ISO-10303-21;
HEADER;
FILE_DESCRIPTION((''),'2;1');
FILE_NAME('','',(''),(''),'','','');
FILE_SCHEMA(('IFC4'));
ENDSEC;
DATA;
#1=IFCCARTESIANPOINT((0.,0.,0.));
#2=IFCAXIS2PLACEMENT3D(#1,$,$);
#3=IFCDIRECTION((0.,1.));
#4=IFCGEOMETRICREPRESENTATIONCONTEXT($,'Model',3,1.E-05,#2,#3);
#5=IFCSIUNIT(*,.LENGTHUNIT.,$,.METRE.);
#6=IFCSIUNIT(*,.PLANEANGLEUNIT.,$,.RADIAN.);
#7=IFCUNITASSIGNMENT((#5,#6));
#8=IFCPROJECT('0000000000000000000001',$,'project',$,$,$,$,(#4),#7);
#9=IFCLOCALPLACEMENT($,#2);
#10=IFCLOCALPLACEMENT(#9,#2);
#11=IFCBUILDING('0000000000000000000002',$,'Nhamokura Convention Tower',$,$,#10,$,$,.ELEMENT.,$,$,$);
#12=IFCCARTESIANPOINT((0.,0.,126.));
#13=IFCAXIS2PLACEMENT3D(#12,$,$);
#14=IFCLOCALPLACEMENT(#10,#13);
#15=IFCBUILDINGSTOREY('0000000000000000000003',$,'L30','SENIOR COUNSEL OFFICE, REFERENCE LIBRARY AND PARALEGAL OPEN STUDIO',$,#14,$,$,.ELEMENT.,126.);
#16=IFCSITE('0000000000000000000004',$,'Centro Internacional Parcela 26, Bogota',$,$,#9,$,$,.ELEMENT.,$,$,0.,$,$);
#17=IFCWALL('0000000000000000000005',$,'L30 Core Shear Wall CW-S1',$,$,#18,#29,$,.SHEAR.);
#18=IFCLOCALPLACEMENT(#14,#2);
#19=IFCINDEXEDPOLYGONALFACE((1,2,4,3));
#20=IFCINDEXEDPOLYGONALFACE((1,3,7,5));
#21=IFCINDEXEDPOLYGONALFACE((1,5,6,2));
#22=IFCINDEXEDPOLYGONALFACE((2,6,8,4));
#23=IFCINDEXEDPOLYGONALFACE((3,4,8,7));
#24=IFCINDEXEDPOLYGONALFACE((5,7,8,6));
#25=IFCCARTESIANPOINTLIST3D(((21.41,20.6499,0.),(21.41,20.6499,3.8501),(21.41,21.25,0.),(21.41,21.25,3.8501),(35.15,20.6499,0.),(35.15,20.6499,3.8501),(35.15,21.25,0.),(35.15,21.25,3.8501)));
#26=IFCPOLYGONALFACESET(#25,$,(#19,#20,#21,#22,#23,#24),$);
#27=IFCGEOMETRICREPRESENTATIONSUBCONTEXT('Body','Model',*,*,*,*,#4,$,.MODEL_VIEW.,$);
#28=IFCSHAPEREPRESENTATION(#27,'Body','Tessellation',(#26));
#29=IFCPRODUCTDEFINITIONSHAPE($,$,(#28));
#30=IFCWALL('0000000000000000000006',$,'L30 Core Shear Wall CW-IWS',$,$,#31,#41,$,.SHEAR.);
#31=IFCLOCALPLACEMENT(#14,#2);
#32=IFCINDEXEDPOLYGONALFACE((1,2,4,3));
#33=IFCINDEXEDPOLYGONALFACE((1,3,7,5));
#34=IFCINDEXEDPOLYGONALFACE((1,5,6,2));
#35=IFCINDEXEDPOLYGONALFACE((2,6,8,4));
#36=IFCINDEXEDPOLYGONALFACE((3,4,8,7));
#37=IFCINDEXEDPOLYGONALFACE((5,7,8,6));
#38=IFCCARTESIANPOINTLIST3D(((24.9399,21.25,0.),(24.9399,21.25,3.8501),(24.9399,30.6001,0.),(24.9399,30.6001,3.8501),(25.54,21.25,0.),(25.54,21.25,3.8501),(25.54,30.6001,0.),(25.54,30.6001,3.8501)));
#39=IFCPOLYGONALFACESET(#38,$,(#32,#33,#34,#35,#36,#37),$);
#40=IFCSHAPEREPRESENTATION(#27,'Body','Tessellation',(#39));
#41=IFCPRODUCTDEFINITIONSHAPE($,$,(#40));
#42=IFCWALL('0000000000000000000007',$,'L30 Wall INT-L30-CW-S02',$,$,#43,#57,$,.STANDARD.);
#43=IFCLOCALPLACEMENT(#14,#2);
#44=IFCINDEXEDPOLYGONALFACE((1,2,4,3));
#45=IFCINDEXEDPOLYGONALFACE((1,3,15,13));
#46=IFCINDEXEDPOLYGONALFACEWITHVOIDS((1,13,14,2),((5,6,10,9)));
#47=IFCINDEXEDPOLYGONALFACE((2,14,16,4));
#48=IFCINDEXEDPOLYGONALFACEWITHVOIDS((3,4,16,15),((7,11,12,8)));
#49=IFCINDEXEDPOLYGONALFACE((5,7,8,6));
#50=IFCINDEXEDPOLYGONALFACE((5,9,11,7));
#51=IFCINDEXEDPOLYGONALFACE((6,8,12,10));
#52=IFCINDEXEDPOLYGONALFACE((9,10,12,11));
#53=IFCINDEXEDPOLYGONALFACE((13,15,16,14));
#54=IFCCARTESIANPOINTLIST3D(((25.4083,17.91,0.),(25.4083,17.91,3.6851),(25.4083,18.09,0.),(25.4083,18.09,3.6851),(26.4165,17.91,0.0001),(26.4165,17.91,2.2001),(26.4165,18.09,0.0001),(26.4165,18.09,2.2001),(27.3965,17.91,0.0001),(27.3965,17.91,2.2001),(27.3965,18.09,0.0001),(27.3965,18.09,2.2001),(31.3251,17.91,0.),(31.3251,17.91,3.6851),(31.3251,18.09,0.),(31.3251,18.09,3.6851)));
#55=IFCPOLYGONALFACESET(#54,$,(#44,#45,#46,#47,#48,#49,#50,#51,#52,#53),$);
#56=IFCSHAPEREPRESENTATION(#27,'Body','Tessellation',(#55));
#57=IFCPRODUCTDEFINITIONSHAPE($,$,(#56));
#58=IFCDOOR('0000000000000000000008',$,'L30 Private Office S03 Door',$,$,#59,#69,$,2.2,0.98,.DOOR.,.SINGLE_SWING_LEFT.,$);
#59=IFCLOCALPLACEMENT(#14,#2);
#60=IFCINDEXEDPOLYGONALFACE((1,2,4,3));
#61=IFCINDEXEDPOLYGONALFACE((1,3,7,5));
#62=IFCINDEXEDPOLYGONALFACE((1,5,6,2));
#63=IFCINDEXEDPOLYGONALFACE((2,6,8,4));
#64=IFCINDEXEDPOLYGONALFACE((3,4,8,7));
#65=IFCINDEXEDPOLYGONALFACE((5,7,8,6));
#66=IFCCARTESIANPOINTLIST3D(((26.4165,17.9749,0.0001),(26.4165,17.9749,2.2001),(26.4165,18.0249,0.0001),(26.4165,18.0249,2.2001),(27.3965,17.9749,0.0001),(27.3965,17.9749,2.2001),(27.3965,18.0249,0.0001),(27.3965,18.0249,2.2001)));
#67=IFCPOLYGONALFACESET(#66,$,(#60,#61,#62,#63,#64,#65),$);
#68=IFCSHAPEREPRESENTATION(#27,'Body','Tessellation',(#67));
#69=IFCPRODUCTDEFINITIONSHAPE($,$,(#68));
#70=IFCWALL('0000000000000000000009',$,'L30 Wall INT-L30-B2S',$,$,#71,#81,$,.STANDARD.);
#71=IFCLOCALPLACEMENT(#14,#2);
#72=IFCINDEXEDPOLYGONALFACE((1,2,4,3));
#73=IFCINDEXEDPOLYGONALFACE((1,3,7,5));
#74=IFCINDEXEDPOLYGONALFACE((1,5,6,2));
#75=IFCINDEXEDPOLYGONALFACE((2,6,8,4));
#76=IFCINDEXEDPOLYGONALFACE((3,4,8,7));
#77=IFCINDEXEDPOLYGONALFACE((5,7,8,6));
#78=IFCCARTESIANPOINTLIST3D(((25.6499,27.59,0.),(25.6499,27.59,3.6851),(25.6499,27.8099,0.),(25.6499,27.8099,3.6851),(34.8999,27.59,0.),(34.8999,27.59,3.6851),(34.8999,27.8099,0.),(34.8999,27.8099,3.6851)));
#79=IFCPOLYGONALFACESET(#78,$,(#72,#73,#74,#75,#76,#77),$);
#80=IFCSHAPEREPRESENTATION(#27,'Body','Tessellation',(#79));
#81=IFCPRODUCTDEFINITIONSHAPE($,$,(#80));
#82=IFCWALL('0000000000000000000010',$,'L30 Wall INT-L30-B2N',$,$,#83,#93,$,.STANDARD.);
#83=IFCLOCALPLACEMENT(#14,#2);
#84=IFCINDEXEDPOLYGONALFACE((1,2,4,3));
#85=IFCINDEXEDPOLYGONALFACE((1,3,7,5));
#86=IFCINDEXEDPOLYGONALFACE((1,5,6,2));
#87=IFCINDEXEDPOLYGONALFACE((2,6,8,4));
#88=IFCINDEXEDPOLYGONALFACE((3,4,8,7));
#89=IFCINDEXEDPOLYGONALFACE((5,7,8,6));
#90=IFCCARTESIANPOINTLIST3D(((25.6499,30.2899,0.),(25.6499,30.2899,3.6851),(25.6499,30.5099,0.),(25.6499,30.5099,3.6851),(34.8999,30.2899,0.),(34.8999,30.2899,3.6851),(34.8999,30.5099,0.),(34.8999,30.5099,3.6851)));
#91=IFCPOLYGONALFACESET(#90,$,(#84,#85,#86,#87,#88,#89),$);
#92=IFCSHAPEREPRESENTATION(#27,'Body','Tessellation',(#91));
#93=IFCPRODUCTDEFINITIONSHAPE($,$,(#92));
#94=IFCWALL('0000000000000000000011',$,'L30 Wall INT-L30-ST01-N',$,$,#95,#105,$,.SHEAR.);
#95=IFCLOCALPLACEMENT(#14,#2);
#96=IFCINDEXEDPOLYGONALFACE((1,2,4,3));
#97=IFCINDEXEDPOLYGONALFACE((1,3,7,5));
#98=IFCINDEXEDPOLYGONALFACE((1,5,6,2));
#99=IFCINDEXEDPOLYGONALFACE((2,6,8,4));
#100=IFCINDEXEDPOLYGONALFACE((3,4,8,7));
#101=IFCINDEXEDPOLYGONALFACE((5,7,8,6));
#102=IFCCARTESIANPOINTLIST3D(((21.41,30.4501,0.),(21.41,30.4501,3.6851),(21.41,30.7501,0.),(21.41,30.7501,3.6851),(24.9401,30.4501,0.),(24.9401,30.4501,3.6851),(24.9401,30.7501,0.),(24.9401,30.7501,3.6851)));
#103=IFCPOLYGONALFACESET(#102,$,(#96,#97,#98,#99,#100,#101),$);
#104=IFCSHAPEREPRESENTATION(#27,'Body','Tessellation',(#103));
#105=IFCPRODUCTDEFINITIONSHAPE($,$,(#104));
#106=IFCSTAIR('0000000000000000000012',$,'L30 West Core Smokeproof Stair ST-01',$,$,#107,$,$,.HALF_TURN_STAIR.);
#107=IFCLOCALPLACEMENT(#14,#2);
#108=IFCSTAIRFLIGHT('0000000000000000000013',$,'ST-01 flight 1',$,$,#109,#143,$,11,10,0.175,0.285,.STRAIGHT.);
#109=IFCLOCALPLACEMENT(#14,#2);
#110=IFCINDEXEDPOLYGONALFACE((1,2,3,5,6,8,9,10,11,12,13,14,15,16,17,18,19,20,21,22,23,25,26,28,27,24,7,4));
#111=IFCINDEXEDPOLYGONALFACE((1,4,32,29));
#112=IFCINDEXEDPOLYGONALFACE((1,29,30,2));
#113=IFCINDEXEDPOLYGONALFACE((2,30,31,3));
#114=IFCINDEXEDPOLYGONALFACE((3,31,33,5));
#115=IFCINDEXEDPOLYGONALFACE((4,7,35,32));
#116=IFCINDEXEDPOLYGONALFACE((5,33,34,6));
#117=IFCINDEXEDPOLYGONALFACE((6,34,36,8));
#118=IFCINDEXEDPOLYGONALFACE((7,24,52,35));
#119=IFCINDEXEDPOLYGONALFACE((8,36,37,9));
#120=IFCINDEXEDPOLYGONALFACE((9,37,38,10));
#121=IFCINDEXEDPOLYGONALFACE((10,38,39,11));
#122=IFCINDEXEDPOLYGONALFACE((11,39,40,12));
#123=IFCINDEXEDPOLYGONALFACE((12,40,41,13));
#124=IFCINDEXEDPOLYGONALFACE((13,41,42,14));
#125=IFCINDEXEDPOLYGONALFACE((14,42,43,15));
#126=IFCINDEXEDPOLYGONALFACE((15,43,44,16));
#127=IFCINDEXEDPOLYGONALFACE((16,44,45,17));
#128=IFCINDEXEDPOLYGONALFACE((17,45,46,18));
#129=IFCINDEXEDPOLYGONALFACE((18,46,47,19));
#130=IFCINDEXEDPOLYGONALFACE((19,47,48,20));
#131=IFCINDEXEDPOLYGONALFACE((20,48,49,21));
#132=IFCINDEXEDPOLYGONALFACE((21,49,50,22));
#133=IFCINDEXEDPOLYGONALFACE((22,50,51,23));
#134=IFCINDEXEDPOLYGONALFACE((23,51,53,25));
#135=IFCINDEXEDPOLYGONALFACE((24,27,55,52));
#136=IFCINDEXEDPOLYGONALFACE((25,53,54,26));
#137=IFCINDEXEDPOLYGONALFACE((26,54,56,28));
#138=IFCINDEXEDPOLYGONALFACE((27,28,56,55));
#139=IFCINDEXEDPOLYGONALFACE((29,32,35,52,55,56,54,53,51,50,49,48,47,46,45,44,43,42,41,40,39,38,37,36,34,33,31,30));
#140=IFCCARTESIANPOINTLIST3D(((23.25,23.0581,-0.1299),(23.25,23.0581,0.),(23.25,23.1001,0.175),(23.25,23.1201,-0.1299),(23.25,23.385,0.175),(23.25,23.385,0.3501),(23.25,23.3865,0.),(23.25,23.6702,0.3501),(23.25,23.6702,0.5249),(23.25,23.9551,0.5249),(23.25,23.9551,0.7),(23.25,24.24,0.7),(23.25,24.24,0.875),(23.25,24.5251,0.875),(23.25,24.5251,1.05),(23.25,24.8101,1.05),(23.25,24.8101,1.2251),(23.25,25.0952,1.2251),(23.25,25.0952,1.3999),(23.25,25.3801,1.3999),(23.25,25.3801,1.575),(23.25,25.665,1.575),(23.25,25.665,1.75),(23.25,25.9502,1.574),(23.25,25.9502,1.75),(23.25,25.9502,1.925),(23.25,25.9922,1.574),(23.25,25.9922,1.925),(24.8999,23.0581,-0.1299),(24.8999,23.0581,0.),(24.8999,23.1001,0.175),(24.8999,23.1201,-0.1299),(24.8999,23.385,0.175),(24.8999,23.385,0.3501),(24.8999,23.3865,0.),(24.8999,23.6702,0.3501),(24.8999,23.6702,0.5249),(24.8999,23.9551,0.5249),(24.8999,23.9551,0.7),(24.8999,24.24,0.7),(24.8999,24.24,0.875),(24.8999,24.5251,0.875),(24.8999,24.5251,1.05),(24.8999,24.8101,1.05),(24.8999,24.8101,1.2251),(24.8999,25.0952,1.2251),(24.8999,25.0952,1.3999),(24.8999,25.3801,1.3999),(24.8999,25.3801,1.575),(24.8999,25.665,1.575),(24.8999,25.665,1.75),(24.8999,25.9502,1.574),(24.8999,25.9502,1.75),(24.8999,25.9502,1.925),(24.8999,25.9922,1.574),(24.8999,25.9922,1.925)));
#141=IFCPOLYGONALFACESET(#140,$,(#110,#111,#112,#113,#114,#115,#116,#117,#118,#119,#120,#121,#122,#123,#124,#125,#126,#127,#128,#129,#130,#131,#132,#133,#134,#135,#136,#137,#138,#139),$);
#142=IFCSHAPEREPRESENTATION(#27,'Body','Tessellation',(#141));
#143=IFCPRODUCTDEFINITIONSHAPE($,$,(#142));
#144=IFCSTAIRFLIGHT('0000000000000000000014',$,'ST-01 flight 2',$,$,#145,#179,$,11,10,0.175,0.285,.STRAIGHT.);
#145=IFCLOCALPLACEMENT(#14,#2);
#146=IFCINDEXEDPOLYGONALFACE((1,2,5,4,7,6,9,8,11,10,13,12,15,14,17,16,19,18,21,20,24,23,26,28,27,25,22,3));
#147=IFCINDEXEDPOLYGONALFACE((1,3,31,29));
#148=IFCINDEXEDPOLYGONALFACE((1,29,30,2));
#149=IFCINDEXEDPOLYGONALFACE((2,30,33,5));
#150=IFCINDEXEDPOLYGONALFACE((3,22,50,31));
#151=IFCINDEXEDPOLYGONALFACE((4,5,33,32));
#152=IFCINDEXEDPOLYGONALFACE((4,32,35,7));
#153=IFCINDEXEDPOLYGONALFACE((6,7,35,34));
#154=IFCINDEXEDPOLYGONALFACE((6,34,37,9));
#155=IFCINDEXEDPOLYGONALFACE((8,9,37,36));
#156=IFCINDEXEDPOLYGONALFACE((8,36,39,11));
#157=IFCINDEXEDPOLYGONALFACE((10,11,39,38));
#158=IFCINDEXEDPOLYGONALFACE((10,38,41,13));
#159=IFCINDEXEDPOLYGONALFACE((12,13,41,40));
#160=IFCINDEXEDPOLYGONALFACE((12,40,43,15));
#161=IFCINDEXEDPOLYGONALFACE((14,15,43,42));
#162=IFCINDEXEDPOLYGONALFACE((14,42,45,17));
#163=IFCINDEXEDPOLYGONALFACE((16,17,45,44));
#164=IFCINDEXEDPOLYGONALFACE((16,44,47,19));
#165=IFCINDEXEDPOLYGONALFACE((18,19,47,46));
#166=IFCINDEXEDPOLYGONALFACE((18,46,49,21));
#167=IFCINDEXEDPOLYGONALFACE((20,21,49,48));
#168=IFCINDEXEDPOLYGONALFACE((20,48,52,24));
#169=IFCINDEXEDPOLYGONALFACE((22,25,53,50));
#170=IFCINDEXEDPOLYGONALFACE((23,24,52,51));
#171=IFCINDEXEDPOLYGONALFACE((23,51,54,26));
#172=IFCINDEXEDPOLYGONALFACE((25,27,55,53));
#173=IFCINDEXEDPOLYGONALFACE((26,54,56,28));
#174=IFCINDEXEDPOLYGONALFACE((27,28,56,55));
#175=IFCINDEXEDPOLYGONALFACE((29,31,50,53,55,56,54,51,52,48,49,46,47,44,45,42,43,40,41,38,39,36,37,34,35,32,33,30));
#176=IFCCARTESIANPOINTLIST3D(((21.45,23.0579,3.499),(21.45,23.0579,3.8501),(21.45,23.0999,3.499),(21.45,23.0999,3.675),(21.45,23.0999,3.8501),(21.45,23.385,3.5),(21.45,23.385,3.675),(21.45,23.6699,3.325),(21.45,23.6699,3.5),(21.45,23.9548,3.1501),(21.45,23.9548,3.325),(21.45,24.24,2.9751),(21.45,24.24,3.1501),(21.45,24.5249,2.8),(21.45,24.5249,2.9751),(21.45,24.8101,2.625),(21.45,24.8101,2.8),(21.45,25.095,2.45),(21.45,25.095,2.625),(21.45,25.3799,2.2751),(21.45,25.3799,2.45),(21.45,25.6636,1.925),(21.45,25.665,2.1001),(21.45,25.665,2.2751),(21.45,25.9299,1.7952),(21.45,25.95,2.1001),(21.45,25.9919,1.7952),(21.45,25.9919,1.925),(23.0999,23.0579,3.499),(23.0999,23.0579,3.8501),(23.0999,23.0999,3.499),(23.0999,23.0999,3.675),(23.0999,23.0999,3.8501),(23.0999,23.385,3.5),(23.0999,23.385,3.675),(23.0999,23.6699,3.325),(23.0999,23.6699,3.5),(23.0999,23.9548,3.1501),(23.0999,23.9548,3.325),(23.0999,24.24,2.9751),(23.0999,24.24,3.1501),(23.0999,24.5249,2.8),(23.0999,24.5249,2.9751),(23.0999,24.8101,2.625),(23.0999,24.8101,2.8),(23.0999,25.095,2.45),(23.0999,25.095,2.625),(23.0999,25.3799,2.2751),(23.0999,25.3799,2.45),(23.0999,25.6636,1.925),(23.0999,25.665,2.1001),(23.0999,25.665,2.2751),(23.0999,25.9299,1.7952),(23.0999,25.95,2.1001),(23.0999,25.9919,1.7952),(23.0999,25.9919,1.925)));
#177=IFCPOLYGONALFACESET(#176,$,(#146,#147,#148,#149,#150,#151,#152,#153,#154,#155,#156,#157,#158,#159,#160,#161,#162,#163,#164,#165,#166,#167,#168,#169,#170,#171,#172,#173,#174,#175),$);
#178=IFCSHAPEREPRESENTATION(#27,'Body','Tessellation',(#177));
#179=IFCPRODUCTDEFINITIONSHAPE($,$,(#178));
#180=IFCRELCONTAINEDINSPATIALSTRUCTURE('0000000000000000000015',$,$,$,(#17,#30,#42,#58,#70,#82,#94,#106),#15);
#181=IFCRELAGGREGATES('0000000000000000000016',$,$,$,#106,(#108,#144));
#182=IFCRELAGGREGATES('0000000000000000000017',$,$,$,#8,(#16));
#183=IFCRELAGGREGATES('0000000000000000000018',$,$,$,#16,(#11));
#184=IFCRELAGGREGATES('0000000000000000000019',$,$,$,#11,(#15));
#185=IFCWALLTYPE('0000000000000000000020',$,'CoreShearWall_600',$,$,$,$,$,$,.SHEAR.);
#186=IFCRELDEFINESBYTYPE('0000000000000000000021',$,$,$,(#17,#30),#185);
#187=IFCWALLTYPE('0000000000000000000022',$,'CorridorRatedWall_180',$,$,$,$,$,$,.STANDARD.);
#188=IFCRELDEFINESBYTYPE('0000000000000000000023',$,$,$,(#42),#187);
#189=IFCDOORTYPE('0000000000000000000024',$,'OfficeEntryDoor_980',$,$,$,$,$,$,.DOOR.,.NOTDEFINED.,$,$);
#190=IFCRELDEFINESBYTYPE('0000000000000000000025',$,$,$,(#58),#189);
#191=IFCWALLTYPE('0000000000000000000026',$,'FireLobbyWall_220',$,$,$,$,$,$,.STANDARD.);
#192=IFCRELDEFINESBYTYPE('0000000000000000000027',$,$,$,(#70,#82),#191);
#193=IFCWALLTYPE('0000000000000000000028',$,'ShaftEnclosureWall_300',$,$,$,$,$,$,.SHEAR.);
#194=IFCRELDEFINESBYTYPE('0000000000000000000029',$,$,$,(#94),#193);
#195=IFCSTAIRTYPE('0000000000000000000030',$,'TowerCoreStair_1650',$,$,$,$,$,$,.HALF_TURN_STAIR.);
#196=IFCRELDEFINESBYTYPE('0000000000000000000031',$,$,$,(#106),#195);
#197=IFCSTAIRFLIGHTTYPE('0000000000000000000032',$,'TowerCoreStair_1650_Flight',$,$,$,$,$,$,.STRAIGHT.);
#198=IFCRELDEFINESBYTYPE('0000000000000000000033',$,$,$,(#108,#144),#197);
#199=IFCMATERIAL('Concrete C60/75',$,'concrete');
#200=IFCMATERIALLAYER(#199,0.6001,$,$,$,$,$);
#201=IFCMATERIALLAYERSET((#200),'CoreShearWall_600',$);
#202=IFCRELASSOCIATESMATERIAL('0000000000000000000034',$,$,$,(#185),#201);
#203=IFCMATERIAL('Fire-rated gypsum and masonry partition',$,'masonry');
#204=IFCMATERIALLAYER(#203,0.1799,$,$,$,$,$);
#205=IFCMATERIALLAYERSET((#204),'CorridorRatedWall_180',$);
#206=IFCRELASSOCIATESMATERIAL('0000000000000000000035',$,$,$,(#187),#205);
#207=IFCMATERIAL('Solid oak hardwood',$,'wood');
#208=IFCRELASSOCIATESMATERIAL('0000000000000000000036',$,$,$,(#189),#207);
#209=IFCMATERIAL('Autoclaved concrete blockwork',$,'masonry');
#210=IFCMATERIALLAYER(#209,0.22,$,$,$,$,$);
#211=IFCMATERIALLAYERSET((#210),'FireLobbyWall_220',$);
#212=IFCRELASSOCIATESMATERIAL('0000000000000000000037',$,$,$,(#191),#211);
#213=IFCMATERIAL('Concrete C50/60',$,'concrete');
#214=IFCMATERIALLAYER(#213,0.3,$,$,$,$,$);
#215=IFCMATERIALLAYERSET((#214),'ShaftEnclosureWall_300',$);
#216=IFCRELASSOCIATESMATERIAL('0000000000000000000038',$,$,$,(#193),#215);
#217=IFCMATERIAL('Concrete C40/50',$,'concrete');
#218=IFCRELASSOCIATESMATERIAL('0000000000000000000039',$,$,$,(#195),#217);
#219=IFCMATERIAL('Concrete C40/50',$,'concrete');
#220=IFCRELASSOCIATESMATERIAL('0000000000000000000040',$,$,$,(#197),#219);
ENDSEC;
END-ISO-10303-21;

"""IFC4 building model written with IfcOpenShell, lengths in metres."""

from ifc_helpers import new_model, si_unit, direction, frame, frame_2d, origin, place, context, subcontext, project, spatial, polyline, rectangle, outline, extrude, material, layer, layer_set, type_object, element, fill, aggregate, save


model = new_model("IFC4")

# Units and contexts
model_context = context("Model", 3, precision=1e-05, world=origin(), true_north=direction((0.0, 1.0)))
body_context = subcontext(model_context, "Body", "Model", "MODEL_VIEW")
ifc_project = project(units=[si_unit("LENGTHUNIT", "METRE"), si_unit("PLANEANGLEUNIT", "RADIAN")], contexts=[model_context])

# Site, building, storey
site_placement = place(None, origin())
site = spatial("IfcSite", under=ifc_project, at=site_placement, Name="Centro Internacional Parcela 26, Bogota", CompositionType="ELEMENT", RefElevation=0.0)
building_placement = place(site_placement, origin())
building = spatial("IfcBuilding", under=site, at=building_placement, Name="Nhamokura Convention Tower", CompositionType="ELEMENT")
storey_placement = place(building_placement, frame((0.0, 0.0, 126.0)))
storey = spatial("IfcBuildingStorey", under=building, at=storey_placement, Name="L30", Description="SENIOR COUNSEL OFFICE, REFERENCE LIBRARY AND PARALEGAL OPEN STUDIO", CompositionType="ELEMENT", Elevation=126.0)

# Shared definitions
ifc_material_1 = material(Name="Concrete C60/75", Category="concrete")
ifc_layer_1 = layer(ifc_material_1, 0.6001)
ifc_layer_set_1 = layer_set([ifc_layer_1], Name="CoreShearWall_600")
wall_type_1 = type_object("IfcWallType", Name="CoreShearWall_600", PredefinedType="SHEAR", material=ifc_layer_set_1)

# Walls
wall_1_placement = place(storey_placement, frame((21.4099, 20.95, 0.0), z_axis=(0.0, 0.0, 1.0), x_axis=(1.0, 0.0, 0.0)))
element("IfcWall", 1, at=wall_1_placement, inside=storey, type_object=wall_type_1, Name="L30 Core Shear Wall CW-S1", PredefinedType="SHEAR", context=body_context, shape_type="SweptSolid", body=[
    extrude(rectangle(XDim=13.74, YDim=0.6001, at=frame_2d((6.8701, 0.0))), origin(), (0.0, 0.0, 1.0), 3.8501),
])
wall_2_placement = place(storey_placement, frame((25.24, 21.25, 0.0), z_axis=(0.0, 0.0, 1.0), x_axis=(0.0, 1.0, 0.0)))
element("IfcWall", 2, at=wall_2_placement, inside=storey, type_object=wall_type_1, Name="L30 Core Shear Wall CW-IWS", PredefinedType="SHEAR", context=body_context, shape_type="SweptSolid", body=[
    extrude(rectangle(XDim=9.3501, YDim=0.6001, at=frame_2d((4.675, 0.0))), origin(), (0.0, 0.0, 1.0), 3.8501),
])

# Wall, opening, door
ifc_material_2 = material(Name="Fire-rated gypsum and masonry partition", Category="masonry")
ifc_layer_2 = layer(ifc_material_2, 0.1799)
ifc_layer_set_2 = layer_set([ifc_layer_2], Name="CorridorRatedWall_180")
wall_type_2 = type_object("IfcWallType", Name="CorridorRatedWall_180", PredefinedType="STANDARD", material=ifc_layer_set_2)
wall_3_placement = place(storey_placement, frame((25.4082, 18.0, 0.0), z_axis=(0.0, 0.0, 1.0), x_axis=(1.0, 0.0, 0.0)))
wall_3 = element("IfcWall", 3, at=wall_3_placement, inside=storey, type_object=wall_type_2, Name="L30 Wall INT-L30-CW-S02", PredefinedType="STANDARD", context=body_context, shape_type="SweptSolid", body=[
    extrude(rectangle(XDim=5.9167, YDim=0.1799, at=frame_2d((2.9585, 0.0))), origin(), (0.0, 0.0, 1.0), 3.6851),
])
opening_1_placement = place(wall_3_placement, frame((1.0083, 0.0, 0.0)))
opening_1 = element("IfcOpeningElement", 4, at=opening_1_placement, cuts=wall_3, PredefinedType="OPENING", context=body_context, shape_type="SweptSolid", body=[
    extrude(rectangle(XDim=0.98, YDim=2.2, at=frame_2d((0.49, 1.1001))), frame((0.0, 0.0999, 0.0), z_axis=(0.0, -1.0, 0.0), x_axis=(1.0, 0.0, 0.0)), (0.0, 0.0, 1.0), 0.2),
])
ifc_material_3 = material(Name="Solid oak hardwood", Category="wood")
door_type_1 = type_object("IfcDoorType", Name="OfficeEntryDoor_980", OperationType="NOTDEFINED", PredefinedType="DOOR", material=ifc_material_3)
door_1_placement = place(opening_1_placement, origin())
door_1 = element("IfcDoor", 5, at=door_1_placement, inside=storey, type_object=door_type_1, Name="L30 Private Office S03 Door", OperationType="SINGLE_SWING_LEFT", OverallHeight=2.2, OverallWidth=0.98, PredefinedType="DOOR", context=body_context, shape_type="SweptSolid", body=[
    extrude(rectangle(XDim=0.98, YDim=2.2, at=frame_2d((0.49, 1.1001))), frame((0.0, 0.0249, 0.0), z_axis=(0.0, -1.0, 0.0), x_axis=(1.0, 0.0, 0.0)), (0.0, 0.0, 1.0), 0.05),
])
fill(opening_1, door_1)

# Shared definitions
ifc_material_4 = material(Name="Autoclaved concrete blockwork", Category="masonry")
ifc_layer_3 = layer(ifc_material_4, 0.22)
ifc_layer_set_3 = layer_set([ifc_layer_3], Name="FireLobbyWall_220")
wall_type_3 = type_object("IfcWallType", Name="FireLobbyWall_220", PredefinedType="STANDARD", material=ifc_layer_set_3)

# Walls
for number, where, z_axis, x_axis, name in (
    (6, (25.6499, 27.7, 0.0), (0.0, 0.0, 1.0), (1.0, 0.0, 0.0), "L30 Wall INT-L30-B2S"),
    (7, (25.6499, 30.3999, 0.0), (0.0, 0.0, 1.0), (1.0, 0.0, 0.0), "L30 Wall INT-L30-B2N"),
):
    element("IfcWall", number, at=place(storey_placement, frame(where, z_axis=z_axis, x_axis=x_axis)), inside=storey, type_object=wall_type_3, Name=name, PredefinedType="STANDARD", context=body_context, shape_type="SweptSolid", body=[
        extrude(rectangle(XDim=9.25, YDim=0.22, at=frame_2d((4.625, 0.0))), origin(), (0.0, 0.0, 1.0), 3.6851),
    ])
ifc_material_5 = material(Name="Concrete C50/60", Category="concrete")
ifc_layer_4 = layer(ifc_material_5, 0.3)
ifc_layer_set_4 = layer_set([ifc_layer_4], Name="ShaftEnclosureWall_300")
wall_type_4 = type_object("IfcWallType", Name="ShaftEnclosureWall_300", PredefinedType="SHEAR", material=ifc_layer_set_4)
wall_4_placement = place(storey_placement, frame((21.4099, 30.6001, 0.0), z_axis=(0.0, 0.0, 1.0), x_axis=(1.0, 0.0, 0.0)))
element("IfcWall", 8, at=wall_4_placement, inside=storey, type_object=wall_type_4, Name="L30 Wall INT-L30-ST01-N", PredefinedType="SHEAR", context=body_context, shape_type="SweptSolid", body=[
    extrude(rectangle(XDim=3.53, YDim=0.3, at=frame_2d((1.7651, 0.0))), origin(), (0.0, 0.0, 1.0), 3.6851),
])

# Stair, stair flights
ifc_material_6 = material(Name="Concrete C40/50", Category="concrete")
stair_type = type_object("IfcStairType", Name="TowerCoreStair_1650", PredefinedType="HALF_TURN_STAIR", material=ifc_material_6)
stair_placement = place(storey_placement, origin())
stair = element("IfcStair", 9, at=stair_placement, inside=storey, type_object=stair_type, Name="L30 West Core Smokeproof Stair ST-01", PredefinedType="HALF_TURN_STAIR")
ifc_material_7 = material(Name="Concrete C40/50", Category="concrete")
stair_flight_type = type_object("IfcStairFlightType", Name="TowerCoreStair_1650_Flight", PredefinedType="STRAIGHT", material=ifc_material_7)
stair_flight_1_placement = place(storey_placement, frame((24.075, 23.1001, 0.0), z_axis=(0.0, 0.0, 1.0), x_axis=(0.0, 1.0, 0.0)))
stair_flight_1 = element("IfcStairFlight", 10, at=stair_flight_1_placement, type_object=stair_flight_type, Name="ST-01 flight 1", NumberOfRisers=11, NumberOfTreads=10, PredefinedType="STRAIGHT", RiserHeight=0.175, TreadLength=0.285, context=body_context, shape_type="SweptSolid", body=[
    extrude(outline(polyline([(-0.042, 0.0), (0.0, 0.175), (0.2849, 0.175), (0.2849, 0.3501), (0.5701, 0.3501), (0.5701, 0.5249), (0.855, 0.5249), (0.855, 0.7), (1.1399, 0.7), (1.1399, 0.875), (1.425, 0.875), (1.425, 1.05), (1.71, 1.05), (1.71, 1.2251), (1.9951, 1.2251), (1.9951, 1.3999), (2.28, 1.3999), (2.28, 1.575), (2.5649, 1.575), (2.5649, 1.75), (2.8501, 1.75), (2.8501, 1.925), (2.8921, 1.925), (2.8921, 1.574), (2.8501, 1.574), (0.2864, 0.0), (0.02, -0.1299), (-0.042, -0.1299), (-0.042, 0.0)])), frame((0.0, 0.825, 0.0), z_axis=(0.0, -1.0, 0.0), x_axis=(1.0, 0.0, 0.0)), (0.0, 0.0, 1.0), 1.6499),
])
stair_flight_2_placement = place(storey_placement, frame((22.2749, 25.95, 1.925), z_axis=(0.0, 0.0, 1.0), x_axis=(0.0, -1.0, 0.0)))
stair_flight_2 = element("IfcStairFlight", 11, at=stair_flight_2_placement, type_object=stair_flight_type, Name="ST-01 flight 2", NumberOfRisers=11, NumberOfTreads=10, PredefinedType="STRAIGHT", RiserHeight=0.175, TreadLength=0.285, context=body_context, shape_type="SweptSolid", body=[
    extrude(outline(polyline([(-0.042, 0.0), (0.0, 0.175), (0.2849, 0.175), (0.2849, 0.3501), (0.5701, 0.3501), (0.5701, 0.5249), (0.855, 0.5249), (0.855, 0.7), (1.1399, 0.7), (1.1399, 0.875), (1.425, 0.875), (1.425, 1.05), (1.71, 1.05), (1.71, 1.2251), (1.9951, 1.2251), (1.9951, 1.3999), (2.28, 1.3999), (2.28, 1.575), (2.5649, 1.575), (2.5649, 1.75), (2.8501, 1.75), (2.8501, 1.925), (2.8921, 1.925), (2.8921, 1.574), (2.8501, 1.574), (0.2864, 0.0), (0.02, -0.1299), (-0.042, -0.1299), (-0.042, 0.0)])), frame((0.0, 0.825, 0.0), z_axis=(0.0, -1.0, 0.0), x_axis=(1.0, 0.0, 0.0)), (0.0, 0.0, 1.0), 1.6499),
])
aggregate(stair, [stair_flight_1, stair_flight_2])

save(model, "model.ifc")
